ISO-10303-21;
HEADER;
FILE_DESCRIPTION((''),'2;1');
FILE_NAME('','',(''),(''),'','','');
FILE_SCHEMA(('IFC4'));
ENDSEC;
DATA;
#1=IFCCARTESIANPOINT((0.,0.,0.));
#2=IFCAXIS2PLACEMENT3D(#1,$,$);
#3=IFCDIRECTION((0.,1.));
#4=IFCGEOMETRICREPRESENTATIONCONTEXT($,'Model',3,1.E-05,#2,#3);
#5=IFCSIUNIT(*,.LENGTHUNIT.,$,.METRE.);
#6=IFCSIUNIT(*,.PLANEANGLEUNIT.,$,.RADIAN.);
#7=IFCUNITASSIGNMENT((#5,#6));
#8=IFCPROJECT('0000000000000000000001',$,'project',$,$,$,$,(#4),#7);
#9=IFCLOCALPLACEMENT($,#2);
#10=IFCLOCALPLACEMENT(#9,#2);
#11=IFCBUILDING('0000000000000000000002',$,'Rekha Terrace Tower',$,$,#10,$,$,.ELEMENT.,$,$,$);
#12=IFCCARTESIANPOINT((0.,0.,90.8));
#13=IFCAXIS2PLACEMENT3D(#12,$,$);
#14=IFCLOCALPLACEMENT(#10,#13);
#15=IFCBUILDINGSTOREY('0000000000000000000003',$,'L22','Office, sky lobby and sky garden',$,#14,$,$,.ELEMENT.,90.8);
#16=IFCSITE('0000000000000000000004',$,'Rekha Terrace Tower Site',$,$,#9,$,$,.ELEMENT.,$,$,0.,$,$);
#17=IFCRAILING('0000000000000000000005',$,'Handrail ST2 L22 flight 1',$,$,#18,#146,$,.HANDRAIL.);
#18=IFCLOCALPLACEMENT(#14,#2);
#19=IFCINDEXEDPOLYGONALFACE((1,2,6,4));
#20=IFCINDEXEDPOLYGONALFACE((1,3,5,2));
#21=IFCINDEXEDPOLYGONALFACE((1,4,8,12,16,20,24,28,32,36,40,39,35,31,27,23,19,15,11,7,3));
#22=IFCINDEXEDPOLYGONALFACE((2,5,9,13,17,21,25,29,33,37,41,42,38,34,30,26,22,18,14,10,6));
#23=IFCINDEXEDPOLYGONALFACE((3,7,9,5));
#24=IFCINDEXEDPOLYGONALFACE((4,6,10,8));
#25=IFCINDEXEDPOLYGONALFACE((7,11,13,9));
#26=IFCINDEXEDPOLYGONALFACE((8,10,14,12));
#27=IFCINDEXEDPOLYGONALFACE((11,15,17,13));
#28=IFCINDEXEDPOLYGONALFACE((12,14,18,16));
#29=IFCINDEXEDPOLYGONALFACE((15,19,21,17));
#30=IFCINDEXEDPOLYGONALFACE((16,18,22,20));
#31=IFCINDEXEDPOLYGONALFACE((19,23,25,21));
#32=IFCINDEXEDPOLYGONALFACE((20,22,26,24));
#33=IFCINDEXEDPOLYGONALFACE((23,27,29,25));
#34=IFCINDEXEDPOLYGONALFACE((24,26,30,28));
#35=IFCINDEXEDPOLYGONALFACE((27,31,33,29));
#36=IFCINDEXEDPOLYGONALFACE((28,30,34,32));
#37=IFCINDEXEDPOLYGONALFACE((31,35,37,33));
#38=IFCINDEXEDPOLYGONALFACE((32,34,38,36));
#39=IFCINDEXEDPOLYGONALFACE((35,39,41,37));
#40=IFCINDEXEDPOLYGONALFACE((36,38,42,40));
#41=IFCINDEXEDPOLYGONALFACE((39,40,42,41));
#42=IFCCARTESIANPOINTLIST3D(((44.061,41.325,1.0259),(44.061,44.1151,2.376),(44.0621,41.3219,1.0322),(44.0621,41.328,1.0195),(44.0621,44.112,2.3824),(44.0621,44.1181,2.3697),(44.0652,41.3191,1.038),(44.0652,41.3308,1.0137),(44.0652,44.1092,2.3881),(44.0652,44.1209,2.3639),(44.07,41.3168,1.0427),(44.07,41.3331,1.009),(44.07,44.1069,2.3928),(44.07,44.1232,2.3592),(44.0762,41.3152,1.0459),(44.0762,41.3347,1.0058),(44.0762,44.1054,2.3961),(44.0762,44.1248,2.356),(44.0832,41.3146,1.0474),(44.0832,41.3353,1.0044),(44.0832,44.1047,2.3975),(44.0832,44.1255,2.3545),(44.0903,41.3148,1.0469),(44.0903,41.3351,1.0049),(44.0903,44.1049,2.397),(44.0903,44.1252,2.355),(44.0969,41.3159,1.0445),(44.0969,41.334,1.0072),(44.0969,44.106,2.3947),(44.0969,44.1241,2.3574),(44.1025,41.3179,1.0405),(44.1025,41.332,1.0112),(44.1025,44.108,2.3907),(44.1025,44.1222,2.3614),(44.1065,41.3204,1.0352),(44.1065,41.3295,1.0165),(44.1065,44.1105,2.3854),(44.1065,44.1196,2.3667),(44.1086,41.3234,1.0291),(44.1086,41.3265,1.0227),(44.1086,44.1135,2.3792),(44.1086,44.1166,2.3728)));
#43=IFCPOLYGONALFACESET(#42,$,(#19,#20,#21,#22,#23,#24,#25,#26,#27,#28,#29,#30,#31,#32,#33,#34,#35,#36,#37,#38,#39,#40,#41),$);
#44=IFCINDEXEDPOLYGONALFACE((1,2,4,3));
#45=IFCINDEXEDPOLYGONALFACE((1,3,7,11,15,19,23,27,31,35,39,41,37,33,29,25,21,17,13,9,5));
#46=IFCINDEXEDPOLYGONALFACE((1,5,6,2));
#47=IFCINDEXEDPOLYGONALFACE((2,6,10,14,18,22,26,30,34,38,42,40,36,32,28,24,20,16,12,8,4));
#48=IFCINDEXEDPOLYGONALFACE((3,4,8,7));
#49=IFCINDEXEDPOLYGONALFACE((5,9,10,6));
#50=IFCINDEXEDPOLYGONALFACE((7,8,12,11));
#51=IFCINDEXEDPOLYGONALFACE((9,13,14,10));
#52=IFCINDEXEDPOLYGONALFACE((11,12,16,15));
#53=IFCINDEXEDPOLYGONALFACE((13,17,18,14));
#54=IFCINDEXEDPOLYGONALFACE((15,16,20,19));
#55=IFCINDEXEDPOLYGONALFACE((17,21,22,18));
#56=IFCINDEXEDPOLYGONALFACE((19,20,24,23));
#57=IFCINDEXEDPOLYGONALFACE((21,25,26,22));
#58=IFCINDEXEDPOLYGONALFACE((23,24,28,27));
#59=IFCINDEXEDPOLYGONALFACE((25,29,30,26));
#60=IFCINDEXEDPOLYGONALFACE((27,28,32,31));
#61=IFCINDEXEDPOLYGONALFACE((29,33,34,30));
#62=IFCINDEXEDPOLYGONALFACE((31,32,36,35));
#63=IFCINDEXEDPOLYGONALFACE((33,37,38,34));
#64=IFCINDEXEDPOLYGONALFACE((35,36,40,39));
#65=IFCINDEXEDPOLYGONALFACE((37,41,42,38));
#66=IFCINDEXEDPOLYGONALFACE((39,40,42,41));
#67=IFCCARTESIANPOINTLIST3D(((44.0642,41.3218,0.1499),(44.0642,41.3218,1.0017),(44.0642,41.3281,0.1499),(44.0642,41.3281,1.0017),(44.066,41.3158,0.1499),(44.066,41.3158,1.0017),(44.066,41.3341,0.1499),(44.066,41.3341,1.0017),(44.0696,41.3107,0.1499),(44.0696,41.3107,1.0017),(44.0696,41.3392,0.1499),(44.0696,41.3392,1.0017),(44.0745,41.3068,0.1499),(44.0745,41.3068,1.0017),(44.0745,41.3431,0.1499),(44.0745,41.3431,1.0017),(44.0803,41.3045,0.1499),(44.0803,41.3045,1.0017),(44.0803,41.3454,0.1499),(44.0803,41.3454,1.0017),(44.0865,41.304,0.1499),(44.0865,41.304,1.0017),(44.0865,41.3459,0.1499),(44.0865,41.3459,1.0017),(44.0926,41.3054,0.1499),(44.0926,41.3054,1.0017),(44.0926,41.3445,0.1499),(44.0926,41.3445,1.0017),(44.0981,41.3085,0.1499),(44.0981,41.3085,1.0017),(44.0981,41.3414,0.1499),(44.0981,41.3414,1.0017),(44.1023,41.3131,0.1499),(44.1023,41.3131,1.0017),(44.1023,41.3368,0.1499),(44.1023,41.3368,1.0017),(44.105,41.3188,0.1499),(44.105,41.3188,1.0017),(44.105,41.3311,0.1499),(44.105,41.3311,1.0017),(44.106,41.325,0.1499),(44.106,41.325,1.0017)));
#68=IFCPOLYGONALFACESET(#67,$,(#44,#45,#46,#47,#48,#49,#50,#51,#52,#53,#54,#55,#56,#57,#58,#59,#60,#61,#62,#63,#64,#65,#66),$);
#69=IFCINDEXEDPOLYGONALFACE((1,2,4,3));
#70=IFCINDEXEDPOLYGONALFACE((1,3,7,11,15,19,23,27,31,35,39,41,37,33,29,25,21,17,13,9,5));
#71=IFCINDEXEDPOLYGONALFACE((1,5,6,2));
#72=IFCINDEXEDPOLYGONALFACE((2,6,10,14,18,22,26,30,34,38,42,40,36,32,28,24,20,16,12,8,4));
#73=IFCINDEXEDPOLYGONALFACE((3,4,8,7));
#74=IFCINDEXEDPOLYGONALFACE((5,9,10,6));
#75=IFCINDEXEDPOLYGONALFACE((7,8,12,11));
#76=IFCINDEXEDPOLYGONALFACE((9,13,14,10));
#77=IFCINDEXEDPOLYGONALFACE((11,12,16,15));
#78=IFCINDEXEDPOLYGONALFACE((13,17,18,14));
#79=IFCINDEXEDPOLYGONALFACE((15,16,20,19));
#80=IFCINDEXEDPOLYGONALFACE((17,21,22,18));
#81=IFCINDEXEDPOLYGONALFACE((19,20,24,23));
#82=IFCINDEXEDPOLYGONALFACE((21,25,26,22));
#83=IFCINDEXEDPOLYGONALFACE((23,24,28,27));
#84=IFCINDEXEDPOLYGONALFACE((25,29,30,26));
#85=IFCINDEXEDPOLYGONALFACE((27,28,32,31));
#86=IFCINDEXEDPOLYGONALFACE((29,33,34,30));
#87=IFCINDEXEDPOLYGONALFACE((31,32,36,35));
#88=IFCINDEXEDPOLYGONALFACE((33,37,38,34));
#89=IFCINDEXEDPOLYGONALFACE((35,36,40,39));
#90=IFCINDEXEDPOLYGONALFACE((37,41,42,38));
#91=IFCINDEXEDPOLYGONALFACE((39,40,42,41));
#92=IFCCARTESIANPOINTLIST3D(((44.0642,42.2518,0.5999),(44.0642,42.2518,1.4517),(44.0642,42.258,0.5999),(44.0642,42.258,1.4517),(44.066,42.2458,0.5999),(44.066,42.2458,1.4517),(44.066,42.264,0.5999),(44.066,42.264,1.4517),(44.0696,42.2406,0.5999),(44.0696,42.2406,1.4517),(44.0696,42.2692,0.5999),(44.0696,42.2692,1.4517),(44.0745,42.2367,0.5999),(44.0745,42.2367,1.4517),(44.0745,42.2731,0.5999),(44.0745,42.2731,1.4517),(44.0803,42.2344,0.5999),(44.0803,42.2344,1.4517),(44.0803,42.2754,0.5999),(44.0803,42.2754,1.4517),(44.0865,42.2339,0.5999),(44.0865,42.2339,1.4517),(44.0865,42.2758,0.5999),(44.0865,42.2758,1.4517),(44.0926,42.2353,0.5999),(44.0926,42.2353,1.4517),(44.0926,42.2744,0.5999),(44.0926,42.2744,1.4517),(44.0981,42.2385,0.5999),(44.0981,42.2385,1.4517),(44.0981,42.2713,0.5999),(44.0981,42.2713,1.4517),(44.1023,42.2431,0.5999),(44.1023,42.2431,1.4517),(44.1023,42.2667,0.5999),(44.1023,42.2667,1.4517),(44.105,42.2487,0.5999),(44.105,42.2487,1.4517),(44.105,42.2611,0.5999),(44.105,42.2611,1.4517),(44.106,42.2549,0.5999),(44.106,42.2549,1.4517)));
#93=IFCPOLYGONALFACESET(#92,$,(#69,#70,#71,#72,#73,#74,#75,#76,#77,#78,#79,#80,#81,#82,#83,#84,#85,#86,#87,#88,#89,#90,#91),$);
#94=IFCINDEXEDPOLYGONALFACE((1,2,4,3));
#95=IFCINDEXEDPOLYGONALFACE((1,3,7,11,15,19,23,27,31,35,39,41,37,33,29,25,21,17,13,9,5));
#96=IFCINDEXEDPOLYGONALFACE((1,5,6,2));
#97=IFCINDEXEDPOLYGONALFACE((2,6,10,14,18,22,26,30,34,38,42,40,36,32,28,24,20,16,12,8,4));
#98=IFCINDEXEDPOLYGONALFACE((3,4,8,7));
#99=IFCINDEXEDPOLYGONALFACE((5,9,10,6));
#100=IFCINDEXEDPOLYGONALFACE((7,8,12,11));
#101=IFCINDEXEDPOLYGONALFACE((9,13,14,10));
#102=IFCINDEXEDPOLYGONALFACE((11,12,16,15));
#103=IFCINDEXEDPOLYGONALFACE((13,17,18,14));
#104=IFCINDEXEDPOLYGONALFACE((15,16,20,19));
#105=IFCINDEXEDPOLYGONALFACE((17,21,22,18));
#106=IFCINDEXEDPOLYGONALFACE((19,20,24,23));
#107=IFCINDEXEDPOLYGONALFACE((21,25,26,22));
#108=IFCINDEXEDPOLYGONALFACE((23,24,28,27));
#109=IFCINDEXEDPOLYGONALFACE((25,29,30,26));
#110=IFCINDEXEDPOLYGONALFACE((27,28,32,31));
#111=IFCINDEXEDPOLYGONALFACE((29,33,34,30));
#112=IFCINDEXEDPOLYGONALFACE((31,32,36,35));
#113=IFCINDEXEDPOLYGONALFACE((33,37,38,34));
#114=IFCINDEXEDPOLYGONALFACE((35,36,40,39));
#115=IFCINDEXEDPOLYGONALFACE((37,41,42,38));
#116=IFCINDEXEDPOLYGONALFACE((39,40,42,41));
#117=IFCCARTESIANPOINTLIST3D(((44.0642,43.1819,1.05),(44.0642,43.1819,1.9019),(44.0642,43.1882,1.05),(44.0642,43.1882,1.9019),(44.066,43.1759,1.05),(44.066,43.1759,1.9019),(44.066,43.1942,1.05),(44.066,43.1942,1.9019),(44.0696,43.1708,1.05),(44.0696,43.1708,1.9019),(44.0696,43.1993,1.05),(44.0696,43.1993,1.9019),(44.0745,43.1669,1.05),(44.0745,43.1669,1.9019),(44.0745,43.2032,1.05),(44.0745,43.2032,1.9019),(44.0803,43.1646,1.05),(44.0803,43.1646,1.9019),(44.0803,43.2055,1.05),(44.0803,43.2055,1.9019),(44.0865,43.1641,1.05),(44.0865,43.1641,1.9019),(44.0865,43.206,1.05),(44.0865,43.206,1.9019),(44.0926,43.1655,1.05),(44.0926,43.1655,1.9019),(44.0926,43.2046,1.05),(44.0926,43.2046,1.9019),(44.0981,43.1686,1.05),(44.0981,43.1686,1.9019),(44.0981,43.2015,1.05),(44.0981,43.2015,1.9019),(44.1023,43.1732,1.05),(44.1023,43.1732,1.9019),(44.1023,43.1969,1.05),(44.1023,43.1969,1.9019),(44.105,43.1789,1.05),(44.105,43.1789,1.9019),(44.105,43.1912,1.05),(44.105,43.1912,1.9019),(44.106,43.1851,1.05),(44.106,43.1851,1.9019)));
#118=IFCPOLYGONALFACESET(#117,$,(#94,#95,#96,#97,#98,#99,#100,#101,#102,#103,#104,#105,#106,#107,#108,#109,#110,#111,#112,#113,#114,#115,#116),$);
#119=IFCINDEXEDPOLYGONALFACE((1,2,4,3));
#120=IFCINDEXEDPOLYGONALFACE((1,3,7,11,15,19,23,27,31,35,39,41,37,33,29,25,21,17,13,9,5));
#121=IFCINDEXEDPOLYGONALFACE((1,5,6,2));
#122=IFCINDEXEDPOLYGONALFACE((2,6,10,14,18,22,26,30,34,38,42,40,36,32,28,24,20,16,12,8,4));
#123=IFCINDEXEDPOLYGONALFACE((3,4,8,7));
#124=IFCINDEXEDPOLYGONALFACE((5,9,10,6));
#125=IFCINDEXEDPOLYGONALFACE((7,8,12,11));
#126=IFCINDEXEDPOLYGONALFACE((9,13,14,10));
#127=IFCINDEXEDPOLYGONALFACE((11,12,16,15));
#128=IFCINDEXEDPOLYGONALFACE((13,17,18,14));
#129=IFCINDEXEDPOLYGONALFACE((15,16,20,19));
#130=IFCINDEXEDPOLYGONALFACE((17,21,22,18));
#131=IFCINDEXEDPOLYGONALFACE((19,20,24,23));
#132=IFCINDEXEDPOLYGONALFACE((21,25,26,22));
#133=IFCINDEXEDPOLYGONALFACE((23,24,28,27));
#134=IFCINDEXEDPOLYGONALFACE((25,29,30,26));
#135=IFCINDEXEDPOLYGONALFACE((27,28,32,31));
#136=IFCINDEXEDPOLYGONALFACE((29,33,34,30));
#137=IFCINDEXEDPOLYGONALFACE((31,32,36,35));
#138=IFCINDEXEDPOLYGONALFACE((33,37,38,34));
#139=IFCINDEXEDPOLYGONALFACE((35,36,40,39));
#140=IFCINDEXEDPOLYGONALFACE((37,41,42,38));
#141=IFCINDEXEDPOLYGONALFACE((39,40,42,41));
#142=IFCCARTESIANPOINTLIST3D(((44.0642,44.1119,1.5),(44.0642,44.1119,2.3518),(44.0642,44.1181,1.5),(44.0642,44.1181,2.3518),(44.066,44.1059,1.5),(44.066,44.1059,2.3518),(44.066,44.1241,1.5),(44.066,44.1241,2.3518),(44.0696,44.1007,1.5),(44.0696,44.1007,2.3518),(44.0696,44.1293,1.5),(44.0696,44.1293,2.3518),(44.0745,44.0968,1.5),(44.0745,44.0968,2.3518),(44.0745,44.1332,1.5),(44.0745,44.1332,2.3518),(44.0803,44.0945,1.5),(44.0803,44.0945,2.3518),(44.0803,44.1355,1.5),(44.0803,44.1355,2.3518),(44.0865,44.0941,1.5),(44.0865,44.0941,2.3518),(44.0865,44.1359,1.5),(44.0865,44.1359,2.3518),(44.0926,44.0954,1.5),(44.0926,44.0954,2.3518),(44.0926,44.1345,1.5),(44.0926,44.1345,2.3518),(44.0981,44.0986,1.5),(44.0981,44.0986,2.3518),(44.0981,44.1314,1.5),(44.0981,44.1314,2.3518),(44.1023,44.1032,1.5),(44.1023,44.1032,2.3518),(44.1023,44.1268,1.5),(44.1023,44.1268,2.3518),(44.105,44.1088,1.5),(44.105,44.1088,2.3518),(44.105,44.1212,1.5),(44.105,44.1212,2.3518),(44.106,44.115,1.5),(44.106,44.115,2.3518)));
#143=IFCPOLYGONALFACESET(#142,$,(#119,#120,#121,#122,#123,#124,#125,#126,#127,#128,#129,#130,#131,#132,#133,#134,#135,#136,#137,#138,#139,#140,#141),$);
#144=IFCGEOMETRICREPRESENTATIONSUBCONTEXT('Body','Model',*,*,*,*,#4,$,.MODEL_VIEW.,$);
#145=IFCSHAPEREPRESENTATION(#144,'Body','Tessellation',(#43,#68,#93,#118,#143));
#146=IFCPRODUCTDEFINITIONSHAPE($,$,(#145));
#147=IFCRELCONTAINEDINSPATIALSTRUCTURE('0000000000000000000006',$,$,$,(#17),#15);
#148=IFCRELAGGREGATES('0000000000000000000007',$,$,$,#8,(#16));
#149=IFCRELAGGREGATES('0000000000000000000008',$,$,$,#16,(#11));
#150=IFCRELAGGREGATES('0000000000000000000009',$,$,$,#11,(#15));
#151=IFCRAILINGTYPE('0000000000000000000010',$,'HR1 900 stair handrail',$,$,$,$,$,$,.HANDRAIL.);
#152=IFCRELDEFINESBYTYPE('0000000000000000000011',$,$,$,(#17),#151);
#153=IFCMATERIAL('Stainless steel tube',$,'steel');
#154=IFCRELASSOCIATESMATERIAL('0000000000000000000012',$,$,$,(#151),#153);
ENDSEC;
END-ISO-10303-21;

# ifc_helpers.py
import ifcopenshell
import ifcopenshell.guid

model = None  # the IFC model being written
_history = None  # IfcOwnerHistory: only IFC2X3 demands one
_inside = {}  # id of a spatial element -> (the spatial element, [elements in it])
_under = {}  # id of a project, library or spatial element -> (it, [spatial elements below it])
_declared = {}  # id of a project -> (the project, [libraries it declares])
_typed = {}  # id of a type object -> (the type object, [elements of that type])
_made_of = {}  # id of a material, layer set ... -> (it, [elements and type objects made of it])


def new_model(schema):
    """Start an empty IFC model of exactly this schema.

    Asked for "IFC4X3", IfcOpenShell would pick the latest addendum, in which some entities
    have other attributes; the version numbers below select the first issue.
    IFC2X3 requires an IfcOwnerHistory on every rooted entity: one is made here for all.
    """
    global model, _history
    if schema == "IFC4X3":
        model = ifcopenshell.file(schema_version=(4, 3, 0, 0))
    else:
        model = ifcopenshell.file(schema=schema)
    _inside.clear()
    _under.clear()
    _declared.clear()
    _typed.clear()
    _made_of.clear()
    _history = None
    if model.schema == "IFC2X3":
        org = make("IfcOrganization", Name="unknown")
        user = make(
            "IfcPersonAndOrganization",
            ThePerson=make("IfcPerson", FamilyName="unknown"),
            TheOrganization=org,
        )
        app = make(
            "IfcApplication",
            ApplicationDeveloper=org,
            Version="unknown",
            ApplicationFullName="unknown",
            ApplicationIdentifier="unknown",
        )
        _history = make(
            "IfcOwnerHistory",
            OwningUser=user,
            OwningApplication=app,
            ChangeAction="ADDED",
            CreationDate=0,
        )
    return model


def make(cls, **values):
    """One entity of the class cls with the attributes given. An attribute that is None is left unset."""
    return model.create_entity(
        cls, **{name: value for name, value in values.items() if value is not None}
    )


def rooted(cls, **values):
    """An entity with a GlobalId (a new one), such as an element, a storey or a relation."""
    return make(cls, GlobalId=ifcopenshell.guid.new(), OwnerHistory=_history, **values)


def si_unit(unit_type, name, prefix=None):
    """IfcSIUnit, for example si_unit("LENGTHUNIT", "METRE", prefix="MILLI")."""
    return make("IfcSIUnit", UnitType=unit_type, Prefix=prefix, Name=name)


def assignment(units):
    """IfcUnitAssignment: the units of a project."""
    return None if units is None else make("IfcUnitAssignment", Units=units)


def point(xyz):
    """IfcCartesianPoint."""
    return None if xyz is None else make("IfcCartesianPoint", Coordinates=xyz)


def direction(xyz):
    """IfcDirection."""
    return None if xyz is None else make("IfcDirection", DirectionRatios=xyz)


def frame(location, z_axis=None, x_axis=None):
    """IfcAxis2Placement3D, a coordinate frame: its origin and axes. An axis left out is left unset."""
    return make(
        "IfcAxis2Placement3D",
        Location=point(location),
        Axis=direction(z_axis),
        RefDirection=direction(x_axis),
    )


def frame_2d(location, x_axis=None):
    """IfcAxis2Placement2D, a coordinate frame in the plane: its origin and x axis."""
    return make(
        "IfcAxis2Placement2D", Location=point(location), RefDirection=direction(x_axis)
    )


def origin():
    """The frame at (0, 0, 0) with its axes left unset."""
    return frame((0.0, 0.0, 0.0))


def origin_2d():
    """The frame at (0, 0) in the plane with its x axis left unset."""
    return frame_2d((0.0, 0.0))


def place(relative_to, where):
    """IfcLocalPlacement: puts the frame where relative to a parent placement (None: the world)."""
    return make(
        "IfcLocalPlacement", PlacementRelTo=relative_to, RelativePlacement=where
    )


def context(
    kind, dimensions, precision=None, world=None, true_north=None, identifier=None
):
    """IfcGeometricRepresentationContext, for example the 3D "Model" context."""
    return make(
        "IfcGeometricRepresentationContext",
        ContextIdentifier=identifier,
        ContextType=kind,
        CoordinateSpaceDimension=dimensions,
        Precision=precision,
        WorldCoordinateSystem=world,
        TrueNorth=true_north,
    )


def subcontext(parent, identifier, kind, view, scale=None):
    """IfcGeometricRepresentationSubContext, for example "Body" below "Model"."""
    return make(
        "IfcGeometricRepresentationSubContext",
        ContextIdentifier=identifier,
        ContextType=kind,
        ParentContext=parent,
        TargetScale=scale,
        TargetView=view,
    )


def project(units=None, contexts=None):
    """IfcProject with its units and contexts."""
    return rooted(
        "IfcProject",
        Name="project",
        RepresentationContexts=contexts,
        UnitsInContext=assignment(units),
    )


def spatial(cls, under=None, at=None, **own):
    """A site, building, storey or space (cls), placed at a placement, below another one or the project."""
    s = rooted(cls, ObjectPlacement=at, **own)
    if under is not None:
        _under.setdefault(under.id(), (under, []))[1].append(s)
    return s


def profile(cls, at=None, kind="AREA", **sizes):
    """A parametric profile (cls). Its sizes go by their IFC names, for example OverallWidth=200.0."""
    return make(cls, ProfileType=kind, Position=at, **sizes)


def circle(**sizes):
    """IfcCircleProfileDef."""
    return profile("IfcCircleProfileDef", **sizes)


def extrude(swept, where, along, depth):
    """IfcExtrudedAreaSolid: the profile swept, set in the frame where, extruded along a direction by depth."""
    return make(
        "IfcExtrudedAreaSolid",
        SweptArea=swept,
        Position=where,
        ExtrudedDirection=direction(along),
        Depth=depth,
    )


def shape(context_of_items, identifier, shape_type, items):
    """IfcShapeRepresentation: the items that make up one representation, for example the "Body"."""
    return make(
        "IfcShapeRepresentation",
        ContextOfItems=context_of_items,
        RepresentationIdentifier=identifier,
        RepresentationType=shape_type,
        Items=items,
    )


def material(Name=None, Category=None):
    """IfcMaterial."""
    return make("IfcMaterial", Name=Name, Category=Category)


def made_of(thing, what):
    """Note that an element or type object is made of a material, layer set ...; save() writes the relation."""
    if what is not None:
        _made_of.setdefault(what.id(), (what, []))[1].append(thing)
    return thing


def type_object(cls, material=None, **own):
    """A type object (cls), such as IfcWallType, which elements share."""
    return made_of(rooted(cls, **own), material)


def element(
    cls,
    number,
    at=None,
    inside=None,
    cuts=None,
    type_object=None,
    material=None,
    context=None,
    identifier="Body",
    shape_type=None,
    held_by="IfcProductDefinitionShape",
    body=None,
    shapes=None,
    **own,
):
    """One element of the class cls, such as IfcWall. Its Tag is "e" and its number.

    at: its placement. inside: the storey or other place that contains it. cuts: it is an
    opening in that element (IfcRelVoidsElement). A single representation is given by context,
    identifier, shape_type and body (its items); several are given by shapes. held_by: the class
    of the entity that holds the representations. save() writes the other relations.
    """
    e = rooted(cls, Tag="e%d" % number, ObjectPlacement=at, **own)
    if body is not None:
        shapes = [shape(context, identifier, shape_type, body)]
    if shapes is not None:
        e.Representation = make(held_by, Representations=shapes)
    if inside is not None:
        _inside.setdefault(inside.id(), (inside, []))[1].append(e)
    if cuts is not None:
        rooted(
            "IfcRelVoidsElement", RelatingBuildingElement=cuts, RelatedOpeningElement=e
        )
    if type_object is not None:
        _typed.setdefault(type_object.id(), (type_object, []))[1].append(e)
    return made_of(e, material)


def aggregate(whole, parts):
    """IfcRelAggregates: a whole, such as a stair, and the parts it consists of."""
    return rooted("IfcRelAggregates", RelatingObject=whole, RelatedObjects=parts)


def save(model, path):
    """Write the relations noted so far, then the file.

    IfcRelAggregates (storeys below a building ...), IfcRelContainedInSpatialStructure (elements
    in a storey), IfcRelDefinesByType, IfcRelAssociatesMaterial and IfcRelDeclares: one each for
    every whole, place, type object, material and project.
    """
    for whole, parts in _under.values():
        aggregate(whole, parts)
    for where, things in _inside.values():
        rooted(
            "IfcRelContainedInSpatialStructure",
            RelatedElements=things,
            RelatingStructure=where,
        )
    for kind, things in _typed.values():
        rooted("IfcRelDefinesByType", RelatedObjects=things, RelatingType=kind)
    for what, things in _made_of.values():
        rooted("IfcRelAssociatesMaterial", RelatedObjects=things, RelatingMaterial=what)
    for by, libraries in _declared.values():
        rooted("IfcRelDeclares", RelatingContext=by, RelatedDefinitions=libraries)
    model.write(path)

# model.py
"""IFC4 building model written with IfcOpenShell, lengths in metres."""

from ifc_helpers import new_model, si_unit, direction, frame, origin, origin_2d, place, context, subcontext, project, spatial, circle, extrude, material, type_object, element, save


model = new_model("IFC4")

# Units and contexts
model_context = context("Model", 3, precision=1e-05, world=origin(), true_north=direction((0.0, 1.0)))
body_context = subcontext(model_context, "Body", "Model", "MODEL_VIEW")
ifc_project = project(units=[si_unit("LENGTHUNIT", "METRE"), si_unit("PLANEANGLEUNIT", "RADIAN")], contexts=[model_context])

# Site, building, storey
site_placement = place(None, origin())
site = spatial("IfcSite", under=ifc_project, at=site_placement, Name="Rekha Terrace Tower Site", CompositionType="ELEMENT", RefElevation=0.0)
building_placement = place(site_placement, origin())
building = spatial("IfcBuilding", under=site, at=building_placement, Name="Rekha Terrace Tower", CompositionType="ELEMENT")
storey_placement = place(building_placement, frame((0.0, 0.0, 90.8)))
storey = spatial("IfcBuildingStorey", under=building, at=storey_placement, Name="L22", Description="Office, sky lobby and sky garden", CompositionType="ELEMENT", Elevation=90.8)

# Railing
ifc_material_1 = material(Name="Stainless steel tube", Category="steel")
railing_type_1 = type_object("IfcRailingType", Name="HR1 900 stair handrail", PredefinedType="HANDRAIL", material=ifc_material_1)
for number, where, name in (
    (1, (44.085, 41.325, 0.1499), "Handrail ST2 L22 flight 1"),
):
    element("IfcRailing", number, at=place(storey_placement, frame(where)), inside=storey, type_object=railing_type_1, Name=name, PredefinedType="HANDRAIL", context=body_context, shape_type="SweptSolid", body=[
        extrude(circle(Radius=0.0239, at=origin_2d()), frame((0.0, 0.0, 0.876), z_axis=(0.0, 0.900149, 0.435582), x_axis=(-1.0, 0.0, 0.0)), (0.0, 0.0, 1.0), 3.0996),
        extrude(circle(Radius=0.021, at=origin_2d()), origin(), (0.0, 0.0, 1.0), 0.8518),
        extrude(circle(Radius=0.021, at=origin_2d()), frame((0.0, 0.9299, 0.45)), (0.0, 0.0, 1.0), 0.8518),
        extrude(circle(Radius=0.021, at=origin_2d()), frame((0.0, 1.8601, 0.9001)), (0.0, 0.0, 1.0), 0.8518),
        extrude(circle(Radius=0.021, at=origin_2d()), frame((0.0, 2.79, 1.3501)), (0.0, 0.0, 1.0), 0.8518),
    ])

save(model, "model.ifc")
